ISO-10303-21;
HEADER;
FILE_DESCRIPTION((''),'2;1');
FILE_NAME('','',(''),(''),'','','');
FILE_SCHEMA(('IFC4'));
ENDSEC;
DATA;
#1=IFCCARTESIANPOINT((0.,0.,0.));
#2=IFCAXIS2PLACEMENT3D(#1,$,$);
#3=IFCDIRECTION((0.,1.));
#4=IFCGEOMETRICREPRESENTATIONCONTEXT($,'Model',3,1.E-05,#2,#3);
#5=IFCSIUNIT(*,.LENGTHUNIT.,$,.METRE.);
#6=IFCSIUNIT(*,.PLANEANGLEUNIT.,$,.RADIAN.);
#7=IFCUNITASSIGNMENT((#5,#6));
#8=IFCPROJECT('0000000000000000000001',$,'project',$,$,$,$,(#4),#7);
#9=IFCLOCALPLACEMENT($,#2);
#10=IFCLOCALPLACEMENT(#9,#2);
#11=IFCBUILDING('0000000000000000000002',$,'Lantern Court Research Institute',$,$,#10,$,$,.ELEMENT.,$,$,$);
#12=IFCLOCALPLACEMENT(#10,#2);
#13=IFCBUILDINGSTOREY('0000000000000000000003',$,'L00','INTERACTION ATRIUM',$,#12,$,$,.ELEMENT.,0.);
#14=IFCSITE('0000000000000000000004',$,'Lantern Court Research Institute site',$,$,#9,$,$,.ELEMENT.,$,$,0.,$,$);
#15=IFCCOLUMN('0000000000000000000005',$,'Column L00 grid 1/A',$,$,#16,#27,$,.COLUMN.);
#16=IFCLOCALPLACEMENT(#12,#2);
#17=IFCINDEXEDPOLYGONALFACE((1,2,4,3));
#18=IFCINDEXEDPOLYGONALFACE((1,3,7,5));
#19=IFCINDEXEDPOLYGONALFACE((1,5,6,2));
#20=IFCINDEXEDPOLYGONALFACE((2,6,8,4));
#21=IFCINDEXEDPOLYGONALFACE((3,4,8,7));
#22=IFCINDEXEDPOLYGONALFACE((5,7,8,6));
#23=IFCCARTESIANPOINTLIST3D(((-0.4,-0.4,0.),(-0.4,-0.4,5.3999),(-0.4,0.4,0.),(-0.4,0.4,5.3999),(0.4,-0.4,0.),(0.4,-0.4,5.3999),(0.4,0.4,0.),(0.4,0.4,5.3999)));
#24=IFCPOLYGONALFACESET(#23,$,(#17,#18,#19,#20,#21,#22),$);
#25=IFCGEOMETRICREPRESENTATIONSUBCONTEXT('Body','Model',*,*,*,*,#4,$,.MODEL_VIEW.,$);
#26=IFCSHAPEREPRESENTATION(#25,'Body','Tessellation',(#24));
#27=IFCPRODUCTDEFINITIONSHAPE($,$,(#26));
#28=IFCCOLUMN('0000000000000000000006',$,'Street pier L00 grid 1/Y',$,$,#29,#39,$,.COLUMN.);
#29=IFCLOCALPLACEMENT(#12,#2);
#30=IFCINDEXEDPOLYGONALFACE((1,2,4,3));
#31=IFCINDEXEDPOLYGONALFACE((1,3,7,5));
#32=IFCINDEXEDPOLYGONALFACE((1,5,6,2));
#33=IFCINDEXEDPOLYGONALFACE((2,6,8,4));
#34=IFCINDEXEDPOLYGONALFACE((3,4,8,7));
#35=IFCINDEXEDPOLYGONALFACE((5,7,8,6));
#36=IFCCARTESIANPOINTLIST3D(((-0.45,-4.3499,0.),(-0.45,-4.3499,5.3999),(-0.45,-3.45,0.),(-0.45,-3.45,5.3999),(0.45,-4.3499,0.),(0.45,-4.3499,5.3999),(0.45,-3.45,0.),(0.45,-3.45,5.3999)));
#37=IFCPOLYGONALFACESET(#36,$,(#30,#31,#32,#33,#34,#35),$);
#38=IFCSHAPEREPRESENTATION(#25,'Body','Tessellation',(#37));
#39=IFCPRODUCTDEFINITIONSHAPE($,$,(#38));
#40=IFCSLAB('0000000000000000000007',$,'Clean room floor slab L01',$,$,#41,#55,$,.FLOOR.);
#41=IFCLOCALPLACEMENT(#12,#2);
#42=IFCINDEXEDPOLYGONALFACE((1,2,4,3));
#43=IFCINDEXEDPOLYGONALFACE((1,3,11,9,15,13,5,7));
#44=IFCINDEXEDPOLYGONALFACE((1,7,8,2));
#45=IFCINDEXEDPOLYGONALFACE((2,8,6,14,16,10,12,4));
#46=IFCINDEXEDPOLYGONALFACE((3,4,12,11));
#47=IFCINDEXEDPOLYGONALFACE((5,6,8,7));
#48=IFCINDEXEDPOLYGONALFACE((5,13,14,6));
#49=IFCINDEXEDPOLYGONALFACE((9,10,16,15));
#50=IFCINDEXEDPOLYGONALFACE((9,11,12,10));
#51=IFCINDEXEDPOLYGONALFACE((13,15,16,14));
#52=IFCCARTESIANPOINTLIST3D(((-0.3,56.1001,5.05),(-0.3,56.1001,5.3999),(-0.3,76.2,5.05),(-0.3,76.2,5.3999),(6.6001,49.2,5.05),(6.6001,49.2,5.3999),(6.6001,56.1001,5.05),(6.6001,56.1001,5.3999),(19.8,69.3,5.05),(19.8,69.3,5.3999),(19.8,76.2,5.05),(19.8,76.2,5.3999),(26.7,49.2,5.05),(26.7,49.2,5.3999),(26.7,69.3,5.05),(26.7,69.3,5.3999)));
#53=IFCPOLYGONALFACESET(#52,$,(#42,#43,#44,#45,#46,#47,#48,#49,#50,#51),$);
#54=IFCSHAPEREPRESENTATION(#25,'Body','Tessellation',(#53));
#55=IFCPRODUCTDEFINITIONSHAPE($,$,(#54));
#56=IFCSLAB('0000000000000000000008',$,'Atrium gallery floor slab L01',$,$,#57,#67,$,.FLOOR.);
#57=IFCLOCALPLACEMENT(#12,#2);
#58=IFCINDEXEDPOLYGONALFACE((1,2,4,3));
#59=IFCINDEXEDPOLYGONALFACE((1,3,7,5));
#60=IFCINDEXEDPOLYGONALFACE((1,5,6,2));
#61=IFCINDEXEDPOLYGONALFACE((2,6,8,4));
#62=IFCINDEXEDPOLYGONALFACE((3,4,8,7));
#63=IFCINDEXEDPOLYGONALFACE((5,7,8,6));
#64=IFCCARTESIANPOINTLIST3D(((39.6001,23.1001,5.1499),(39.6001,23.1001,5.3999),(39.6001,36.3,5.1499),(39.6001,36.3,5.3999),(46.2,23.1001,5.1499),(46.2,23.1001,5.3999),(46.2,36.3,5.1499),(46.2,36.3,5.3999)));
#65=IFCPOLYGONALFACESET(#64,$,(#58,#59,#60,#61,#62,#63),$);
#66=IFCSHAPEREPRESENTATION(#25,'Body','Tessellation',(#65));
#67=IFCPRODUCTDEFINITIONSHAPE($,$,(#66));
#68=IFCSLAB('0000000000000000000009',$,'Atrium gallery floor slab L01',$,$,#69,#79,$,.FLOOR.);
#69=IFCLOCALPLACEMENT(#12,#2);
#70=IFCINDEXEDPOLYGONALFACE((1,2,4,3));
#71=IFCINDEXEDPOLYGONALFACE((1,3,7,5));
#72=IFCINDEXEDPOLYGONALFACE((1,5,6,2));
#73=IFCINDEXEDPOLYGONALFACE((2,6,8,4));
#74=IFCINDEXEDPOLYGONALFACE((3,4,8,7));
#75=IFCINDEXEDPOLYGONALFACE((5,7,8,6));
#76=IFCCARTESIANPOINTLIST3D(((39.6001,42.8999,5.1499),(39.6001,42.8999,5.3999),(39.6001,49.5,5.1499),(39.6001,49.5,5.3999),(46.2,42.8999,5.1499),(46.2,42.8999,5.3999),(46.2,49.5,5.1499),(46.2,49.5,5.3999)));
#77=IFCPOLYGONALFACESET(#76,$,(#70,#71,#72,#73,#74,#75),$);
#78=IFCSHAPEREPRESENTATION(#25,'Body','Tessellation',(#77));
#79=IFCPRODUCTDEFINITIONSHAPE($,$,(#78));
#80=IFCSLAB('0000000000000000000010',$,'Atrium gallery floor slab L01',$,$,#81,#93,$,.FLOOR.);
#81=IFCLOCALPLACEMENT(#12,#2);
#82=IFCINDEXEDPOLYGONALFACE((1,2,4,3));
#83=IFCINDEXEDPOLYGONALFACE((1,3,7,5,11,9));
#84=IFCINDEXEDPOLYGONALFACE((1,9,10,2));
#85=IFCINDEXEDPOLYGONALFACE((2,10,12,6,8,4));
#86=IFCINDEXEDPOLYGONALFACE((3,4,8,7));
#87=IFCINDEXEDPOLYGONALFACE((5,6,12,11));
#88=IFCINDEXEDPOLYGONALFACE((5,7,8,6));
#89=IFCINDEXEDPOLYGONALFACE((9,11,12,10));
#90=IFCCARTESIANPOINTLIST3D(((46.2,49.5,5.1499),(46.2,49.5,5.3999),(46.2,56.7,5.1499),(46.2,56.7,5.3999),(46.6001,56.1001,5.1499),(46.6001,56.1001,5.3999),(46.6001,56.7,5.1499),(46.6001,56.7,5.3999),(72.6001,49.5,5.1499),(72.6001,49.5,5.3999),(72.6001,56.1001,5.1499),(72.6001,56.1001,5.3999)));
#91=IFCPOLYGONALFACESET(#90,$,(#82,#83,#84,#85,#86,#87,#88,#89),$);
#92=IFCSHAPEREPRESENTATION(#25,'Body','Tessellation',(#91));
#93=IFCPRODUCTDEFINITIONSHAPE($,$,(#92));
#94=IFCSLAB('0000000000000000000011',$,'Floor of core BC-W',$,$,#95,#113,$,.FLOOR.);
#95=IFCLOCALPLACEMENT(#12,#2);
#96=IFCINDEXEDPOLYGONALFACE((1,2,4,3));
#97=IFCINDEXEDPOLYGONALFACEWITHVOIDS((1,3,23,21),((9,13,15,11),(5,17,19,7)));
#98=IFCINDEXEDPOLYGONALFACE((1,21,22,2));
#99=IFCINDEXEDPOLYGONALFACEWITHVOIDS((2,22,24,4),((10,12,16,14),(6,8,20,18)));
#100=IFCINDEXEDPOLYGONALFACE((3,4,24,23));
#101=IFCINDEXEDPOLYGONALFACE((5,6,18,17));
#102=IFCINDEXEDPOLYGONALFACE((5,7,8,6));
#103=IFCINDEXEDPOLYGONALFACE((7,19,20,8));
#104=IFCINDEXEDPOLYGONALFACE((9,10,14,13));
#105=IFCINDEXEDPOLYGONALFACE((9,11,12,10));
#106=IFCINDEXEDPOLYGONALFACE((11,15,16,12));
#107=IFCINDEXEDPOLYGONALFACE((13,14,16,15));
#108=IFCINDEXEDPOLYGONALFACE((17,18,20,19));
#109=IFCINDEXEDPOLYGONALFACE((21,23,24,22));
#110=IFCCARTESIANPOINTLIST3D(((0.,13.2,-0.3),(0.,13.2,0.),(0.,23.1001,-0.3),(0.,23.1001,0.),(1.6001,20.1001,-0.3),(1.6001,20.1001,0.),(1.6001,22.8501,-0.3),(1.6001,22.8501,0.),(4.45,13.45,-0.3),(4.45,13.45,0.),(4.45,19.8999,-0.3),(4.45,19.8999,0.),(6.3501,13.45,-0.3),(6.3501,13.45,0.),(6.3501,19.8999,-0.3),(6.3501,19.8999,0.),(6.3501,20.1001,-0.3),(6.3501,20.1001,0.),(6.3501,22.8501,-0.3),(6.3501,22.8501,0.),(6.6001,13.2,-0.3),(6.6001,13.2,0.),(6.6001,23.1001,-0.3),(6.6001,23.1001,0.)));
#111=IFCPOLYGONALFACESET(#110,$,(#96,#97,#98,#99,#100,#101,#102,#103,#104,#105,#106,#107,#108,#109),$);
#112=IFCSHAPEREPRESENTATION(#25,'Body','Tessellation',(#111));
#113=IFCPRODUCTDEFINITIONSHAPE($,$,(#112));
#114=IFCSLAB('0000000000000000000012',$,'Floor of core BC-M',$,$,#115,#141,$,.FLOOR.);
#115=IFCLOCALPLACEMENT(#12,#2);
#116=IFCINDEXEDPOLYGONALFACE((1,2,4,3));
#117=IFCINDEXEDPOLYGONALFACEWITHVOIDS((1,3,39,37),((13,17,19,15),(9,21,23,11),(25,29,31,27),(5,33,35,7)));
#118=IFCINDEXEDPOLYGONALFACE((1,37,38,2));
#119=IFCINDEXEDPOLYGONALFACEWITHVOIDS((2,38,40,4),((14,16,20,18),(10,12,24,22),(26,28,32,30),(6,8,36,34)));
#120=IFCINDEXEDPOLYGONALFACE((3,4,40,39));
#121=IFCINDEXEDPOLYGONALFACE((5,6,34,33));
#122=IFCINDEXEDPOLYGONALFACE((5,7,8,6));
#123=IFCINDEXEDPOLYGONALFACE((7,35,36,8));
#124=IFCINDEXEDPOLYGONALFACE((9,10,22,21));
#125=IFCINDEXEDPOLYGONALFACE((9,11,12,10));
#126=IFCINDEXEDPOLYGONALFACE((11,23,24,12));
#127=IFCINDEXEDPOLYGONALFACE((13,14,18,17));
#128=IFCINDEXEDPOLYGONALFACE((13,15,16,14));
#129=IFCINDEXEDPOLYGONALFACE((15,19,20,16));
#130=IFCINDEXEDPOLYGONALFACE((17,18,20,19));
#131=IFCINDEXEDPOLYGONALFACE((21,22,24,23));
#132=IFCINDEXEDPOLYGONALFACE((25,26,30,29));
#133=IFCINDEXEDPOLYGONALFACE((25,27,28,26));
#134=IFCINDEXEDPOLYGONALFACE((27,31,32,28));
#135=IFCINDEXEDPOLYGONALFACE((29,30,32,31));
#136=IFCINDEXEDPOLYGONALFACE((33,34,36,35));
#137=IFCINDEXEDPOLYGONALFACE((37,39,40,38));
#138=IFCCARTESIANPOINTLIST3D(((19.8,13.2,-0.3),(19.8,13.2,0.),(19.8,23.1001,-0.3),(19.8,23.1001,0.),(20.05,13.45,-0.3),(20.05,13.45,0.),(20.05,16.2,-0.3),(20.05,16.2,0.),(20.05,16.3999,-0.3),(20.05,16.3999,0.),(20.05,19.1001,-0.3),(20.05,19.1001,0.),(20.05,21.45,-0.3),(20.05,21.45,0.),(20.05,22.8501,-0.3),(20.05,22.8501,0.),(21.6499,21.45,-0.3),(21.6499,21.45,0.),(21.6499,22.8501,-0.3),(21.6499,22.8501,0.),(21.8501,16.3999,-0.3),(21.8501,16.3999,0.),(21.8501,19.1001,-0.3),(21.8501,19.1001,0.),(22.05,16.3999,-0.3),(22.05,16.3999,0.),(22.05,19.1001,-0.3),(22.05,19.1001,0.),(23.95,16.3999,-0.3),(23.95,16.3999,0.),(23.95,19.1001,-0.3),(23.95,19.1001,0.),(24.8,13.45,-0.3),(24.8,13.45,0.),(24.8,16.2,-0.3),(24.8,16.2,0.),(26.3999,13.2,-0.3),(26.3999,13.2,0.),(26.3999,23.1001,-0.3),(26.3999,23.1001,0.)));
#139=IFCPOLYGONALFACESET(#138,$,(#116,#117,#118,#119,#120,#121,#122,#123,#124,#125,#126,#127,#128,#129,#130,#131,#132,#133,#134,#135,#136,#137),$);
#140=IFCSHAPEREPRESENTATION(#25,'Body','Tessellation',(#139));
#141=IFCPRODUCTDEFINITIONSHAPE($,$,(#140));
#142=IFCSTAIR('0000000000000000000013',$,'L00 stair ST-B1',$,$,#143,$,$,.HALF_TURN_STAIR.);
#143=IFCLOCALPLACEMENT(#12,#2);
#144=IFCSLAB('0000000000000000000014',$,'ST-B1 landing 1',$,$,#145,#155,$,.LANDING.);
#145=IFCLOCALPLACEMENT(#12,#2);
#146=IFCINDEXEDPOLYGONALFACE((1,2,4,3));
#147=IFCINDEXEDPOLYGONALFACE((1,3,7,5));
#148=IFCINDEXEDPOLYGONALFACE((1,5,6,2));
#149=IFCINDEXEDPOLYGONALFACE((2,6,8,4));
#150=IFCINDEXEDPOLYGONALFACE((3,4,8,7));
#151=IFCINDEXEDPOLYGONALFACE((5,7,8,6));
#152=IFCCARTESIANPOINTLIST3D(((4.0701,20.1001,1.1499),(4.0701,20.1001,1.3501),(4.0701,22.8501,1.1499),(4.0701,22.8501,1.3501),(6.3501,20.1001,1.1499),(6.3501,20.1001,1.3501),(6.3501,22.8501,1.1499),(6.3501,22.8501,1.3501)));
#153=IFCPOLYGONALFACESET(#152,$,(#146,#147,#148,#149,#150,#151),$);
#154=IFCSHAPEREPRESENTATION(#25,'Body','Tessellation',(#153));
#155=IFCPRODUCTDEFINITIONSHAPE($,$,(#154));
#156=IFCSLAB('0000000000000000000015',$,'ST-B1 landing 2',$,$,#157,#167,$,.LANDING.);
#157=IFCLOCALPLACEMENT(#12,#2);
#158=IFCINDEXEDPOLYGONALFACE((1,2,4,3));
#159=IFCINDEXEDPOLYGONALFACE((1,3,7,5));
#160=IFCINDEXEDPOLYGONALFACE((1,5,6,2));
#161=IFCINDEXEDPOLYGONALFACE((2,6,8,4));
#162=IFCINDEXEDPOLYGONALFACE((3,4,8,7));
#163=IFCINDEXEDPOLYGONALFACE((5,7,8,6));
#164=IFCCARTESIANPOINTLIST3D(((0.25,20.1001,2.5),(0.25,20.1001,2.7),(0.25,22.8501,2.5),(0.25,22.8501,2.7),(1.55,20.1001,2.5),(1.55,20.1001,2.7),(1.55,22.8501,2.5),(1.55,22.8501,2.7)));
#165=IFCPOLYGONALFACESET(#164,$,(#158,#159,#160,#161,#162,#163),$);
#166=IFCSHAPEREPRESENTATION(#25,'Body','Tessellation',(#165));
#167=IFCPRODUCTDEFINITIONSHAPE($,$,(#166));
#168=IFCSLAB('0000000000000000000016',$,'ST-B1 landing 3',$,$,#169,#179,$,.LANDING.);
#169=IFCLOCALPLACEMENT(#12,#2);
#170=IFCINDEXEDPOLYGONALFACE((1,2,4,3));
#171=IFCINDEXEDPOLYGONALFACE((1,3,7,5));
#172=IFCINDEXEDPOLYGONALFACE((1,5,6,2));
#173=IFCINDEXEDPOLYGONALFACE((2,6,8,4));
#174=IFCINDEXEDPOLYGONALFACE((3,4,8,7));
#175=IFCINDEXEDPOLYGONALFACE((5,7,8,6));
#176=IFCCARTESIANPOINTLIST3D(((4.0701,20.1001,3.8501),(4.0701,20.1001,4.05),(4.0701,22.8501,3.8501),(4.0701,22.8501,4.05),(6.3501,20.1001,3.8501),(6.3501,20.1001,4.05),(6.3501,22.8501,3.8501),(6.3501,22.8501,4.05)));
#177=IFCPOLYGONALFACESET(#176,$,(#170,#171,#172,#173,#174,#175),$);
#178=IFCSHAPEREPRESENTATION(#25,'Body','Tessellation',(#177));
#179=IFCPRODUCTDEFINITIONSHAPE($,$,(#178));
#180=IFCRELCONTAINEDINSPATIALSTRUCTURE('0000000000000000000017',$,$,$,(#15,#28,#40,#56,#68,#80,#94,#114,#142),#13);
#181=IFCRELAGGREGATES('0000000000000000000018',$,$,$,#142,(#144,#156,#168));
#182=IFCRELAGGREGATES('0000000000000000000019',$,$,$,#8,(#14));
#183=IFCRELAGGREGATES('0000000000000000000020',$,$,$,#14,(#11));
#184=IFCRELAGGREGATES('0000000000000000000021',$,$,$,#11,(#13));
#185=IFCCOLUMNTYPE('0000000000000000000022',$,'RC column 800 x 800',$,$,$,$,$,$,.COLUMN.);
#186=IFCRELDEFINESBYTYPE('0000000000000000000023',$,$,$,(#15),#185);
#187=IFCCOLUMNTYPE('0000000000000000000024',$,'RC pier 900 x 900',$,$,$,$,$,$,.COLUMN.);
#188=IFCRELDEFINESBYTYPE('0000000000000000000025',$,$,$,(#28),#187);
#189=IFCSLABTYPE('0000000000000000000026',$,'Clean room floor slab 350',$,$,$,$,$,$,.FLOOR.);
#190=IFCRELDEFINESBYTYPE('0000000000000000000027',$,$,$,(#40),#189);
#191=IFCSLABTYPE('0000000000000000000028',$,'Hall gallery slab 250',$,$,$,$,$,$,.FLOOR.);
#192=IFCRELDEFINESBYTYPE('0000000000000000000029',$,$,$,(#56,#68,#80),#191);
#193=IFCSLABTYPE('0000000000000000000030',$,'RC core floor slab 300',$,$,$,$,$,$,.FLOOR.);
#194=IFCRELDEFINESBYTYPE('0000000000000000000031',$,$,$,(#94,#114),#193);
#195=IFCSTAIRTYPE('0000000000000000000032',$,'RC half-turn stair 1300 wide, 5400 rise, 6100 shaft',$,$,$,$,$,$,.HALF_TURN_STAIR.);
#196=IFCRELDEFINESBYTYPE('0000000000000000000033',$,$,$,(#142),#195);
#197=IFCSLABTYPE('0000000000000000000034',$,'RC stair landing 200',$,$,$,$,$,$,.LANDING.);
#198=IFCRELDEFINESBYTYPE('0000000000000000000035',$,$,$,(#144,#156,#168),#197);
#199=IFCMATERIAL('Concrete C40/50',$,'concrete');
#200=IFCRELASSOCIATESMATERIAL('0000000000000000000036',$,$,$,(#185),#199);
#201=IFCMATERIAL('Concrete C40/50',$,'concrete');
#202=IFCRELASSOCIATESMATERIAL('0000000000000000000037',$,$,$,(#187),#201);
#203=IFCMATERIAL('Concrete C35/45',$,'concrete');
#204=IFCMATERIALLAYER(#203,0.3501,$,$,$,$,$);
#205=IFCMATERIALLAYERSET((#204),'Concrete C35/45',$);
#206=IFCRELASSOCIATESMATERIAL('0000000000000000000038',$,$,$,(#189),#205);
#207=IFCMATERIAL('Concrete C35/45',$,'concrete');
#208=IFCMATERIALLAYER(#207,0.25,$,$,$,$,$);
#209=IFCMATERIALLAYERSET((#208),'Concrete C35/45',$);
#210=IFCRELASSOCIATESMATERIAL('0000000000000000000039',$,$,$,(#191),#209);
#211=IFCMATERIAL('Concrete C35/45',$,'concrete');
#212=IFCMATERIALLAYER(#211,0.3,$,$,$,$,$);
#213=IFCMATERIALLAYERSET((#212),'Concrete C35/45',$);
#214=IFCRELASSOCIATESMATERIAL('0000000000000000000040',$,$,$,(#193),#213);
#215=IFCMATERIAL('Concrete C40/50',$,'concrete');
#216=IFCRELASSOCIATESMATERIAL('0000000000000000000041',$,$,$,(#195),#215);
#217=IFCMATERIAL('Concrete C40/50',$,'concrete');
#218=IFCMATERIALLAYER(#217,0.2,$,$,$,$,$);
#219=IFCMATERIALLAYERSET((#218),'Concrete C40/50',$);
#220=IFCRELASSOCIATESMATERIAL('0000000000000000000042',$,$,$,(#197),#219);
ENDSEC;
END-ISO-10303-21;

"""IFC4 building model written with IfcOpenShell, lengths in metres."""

from ifc_helpers import new_model, si_unit, direction, frame, origin, origin_with_axes, origin_2d, place, context, subcontext, project, spatial, polyline, rectangle, outline, extrude, material, layer, layer_set, material_profile, profile_set, type_object, element, aggregate, save


model = new_model("IFC4")

# Units and contexts
model_context = context("Model", 3, precision=1e-05, world=origin(), true_north=direction((0.0, 1.0)))
body_context = subcontext(model_context, "Body", "Model", "MODEL_VIEW")
ifc_project = project(units=[si_unit("LENGTHUNIT", "METRE"), si_unit("PLANEANGLEUNIT", "RADIAN")], contexts=[model_context])

# Site, building, storey
site_placement = place(None, origin())
site = spatial("IfcSite", under=ifc_project, at=site_placement, Name="Lantern Court Research Institute site", CompositionType="ELEMENT", RefElevation=0.0)
building_placement = place(site_placement, origin())
building = spatial("IfcBuilding", under=site, at=building_placement, Name="Lantern Court Research Institute", CompositionType="ELEMENT")
storey_placement = place(building_placement, origin())
storey = spatial("IfcBuildingStorey", under=building, at=storey_placement, Name="L00", Description="INTERACTION ATRIUM", CompositionType="ELEMENT", Elevation=0.0)

# Columns
ifc_material_1 = material(Name="Concrete C40/50", Category="concrete")
ifc_material_profile_1 = material_profile(ifc_material_1, rectangle(XDim=0.8, YDim=0.8, at=origin_2d()), Name="RC column 800 x 800")
ifc_profile_set_1 = profile_set([ifc_material_profile_1], Name="Concrete C40/50")
column_type_1 = type_object("IfcColumnType", Name="RC column 800 x 800", PredefinedType="COLUMN", material=ifc_profile_set_1)
column_1_placement = place(storey_placement, origin_with_axes())
element("IfcColumn", 1, at=column_1_placement, inside=storey, type_object=column_type_1, Name="Column L00 grid 1/A", PredefinedType="COLUMN", context=body_context, shape_type="SweptSolid", body=[
    extrude(rectangle(XDim=0.8, YDim=0.8, at=origin_2d()), origin(), (0.0, 0.0, 1.0), 5.3999),
])
ifc_material_2 = material(Name="Concrete C40/50", Category="concrete")
ifc_material_profile_2 = material_profile(ifc_material_2, rectangle(XDim=0.8999, YDim=0.8999, at=origin_2d()), Name="RC column 900 x 900")
ifc_profile_set_2 = profile_set([ifc_material_profile_2], Name="Concrete C40/50")
column_type_2 = type_object("IfcColumnType", Name="RC pier 900 x 900", PredefinedType="COLUMN", material=ifc_profile_set_2)
column_2_placement = place(storey_placement, frame((0.0, -3.8999, 0.0), z_axis=(0.0, 0.0, 1.0), x_axis=(1.0, 0.0, 0.0)))
element("IfcColumn", 2, at=column_2_placement, inside=storey, type_object=column_type_2, Name="Street pier L00 grid 1/Y", PredefinedType="COLUMN", context=body_context, shape_type="SweptSolid", body=[
    extrude(rectangle(XDim=0.8999, YDim=0.8999, at=origin_2d()), origin(), (0.0, 0.0, 1.0), 5.3999),
])

# Slabs
ifc_material_3 = material(Name="Concrete C35/45", Category="concrete")
ifc_layer_1 = layer(ifc_material_3, 0.3501)
ifc_layer_set_1 = layer_set([ifc_layer_1], Name="Concrete C35/45")
slab_type_1 = type_object("IfcSlabType", Name="Clean room floor slab 350", PredefinedType="FLOOR", material=ifc_layer_set_1)
slab_1_placement = place(storey_placement, frame((0.0, 0.0, 5.05)))
element("IfcSlab", 3, at=slab_1_placement, inside=storey, type_object=slab_type_1, Name="Clean room floor slab L01", PredefinedType="FLOOR", context=body_context, shape_type="SweptSolid", body=[
    extrude(outline(polyline([(19.8, 76.2), (19.8, 69.3), (26.7, 69.3), (26.7, 49.2), (6.6001, 49.2), (6.6001, 56.1001), (-0.3, 56.1001), (-0.3, 76.2), (19.8, 76.2)])), origin(), (0.0, 0.0, 1.0), 0.3499),
])
ifc_material_4 = material(Name="Concrete C35/45", Category="concrete")
ifc_layer_2 = layer(ifc_material_4, 0.25)
ifc_layer_set_2 = layer_set([ifc_layer_2], Name="Concrete C35/45")
slab_type_2 = type_object("IfcSlabType", Name="Hall gallery slab 250", PredefinedType="FLOOR", material=ifc_layer_set_2)
slab_2_placement = place(storey_placement, frame((0.0, 0.0, 5.1499)))
element("IfcSlab", 4, at=slab_2_placement, inside=storey, type_object=slab_type_2, Name="Atrium gallery floor slab L01", PredefinedType="FLOOR", context=body_context, shape_type="SweptSolid", body=[
    extrude(outline(polyline([(39.6001, 36.3), (46.2, 36.3), (46.2, 23.1001), (39.6001, 23.1001), (39.6001, 36.3)])), origin(), (0.0, 0.0, 1.0), 0.25),
])
slab_3_placement = place(storey_placement, frame((0.0, 0.0, 5.1499)))
element("IfcSlab", 5, at=slab_3_placement, inside=storey, type_object=slab_type_2, Name="Atrium gallery floor slab L01", PredefinedType="FLOOR", context=body_context, shape_type="SweptSolid", body=[
    extrude(outline(polyline([(39.6001, 49.5), (46.2, 49.5), (46.2, 42.8999), (39.6001, 42.8999), (39.6001, 49.5)])), origin(), (0.0, 0.0, 1.0), 0.25),
])
slab_4_placement = place(storey_placement, frame((0.0, 0.0, 5.1499)))
element("IfcSlab", 6, at=slab_4_placement, inside=storey, type_object=slab_type_2, Name="Atrium gallery floor slab L01", PredefinedType="FLOOR", context=body_context, shape_type="SweptSolid", body=[
    extrude(outline(polyline([(72.6001, 56.1001), (72.6001, 49.5), (46.2, 49.5), (46.2, 56.7), (46.6001, 56.7), (46.6001, 56.1001), (72.6001, 56.1001)])), origin(), (0.0, 0.0, 1.0), 0.25),
])
ifc_material_5 = material(Name="Concrete C35/45", Category="concrete")
ifc_layer_3 = layer(ifc_material_5, 0.3)
ifc_layer_set_3 = layer_set([ifc_layer_3], Name="Concrete C35/45")
slab_type_3 = type_object("IfcSlabType", Name="RC core floor slab 300", PredefinedType="FLOOR", material=ifc_layer_set_3)
slab_5_placement = place(storey_placement, frame((0.0, 0.0, -0.3)))
element("IfcSlab", 7, at=slab_5_placement, inside=storey, type_object=slab_type_3, Name="Floor of core BC-W", PredefinedType="FLOOR", context=body_context, shape_type="SweptSolid", body=[
    extrude(outline(polyline([(0.0, 13.2), (6.6001, 13.2), (6.6001, 23.1001), (0.0, 23.1001), (0.0, 13.2)]), holes=[polyline([(1.6001, 20.1001), (6.3501, 20.1001), (6.3501, 22.8501), (1.6001, 22.8501), (1.6001, 20.1001)]), polyline([(4.45, 13.45), (4.45, 19.8999), (6.3501, 19.8999), (6.3501, 13.45), (4.45, 13.45)])]), origin(), (0.0, 0.0, 1.0), 0.3),
])
slab_6_placement = place(storey_placement, frame((0.0, 0.0, -0.3)))
element("IfcSlab", 8, at=slab_6_placement, inside=storey, type_object=slab_type_3, Name="Floor of core BC-M", PredefinedType="FLOOR", context=body_context, shape_type="SweptSolid", body=[
    extrude(outline(polyline([(19.8, 13.2), (26.3999, 13.2), (26.3999, 23.1001), (19.8, 23.1001), (19.8, 13.2)]), holes=[polyline([(24.8, 16.2), (20.05, 16.2), (20.05, 13.45), (24.8, 13.45), (24.8, 16.2)]), polyline([(20.05, 16.3999), (21.8501, 16.3999), (21.8501, 19.1001), (20.05, 19.1001), (20.05, 16.3999)]), polyline([(22.05, 16.3999), (23.95, 16.3999), (23.95, 19.1001), (22.05, 19.1001), (22.05, 16.3999)]), polyline([(21.6499, 21.45), (20.05, 21.45), (20.05, 22.8501), (21.6499, 22.8501), (21.6499, 21.45)])]), origin(), (0.0, 0.0, 1.0), 0.3),
])

# Stair, slabs
ifc_material_6 = material(Name="Concrete C40/50", Category="concrete")
stair_type = type_object("IfcStairType", Name="RC half-turn stair 1300 wide, 5400 rise, 6100 shaft", PredefinedType="HALF_TURN_STAIR", material=ifc_material_6)
stair_1_placement = place(storey_placement, origin())
stair_1 = element("IfcStair", 9, at=stair_1_placement, inside=storey, type_object=stair_type, Name="L00 stair ST-B1", PredefinedType="HALF_TURN_STAIR")
ifc_material_7 = material(Name="Concrete C40/50", Category="concrete")
ifc_layer_4 = layer(ifc_material_7, 0.2)
ifc_layer_set_4 = layer_set([ifc_layer_4], Name="Concrete C40/50")
slab_type_4 = type_object("IfcSlabType", Name="RC stair landing 200", PredefinedType="LANDING", material=ifc_layer_set_4)
slab_7_placement = place(storey_placement, frame((0.0, 0.0, 1.1499)))
slab_7 = element("IfcSlab", 10, at=slab_7_placement, type_object=slab_type_4, Name="ST-B1 landing 1", PredefinedType="LANDING", context=body_context, shape_type="SweptSolid", body=[
    extrude(outline(polyline([(4.0701, 20.1001), (6.3501, 20.1001), (6.3501, 22.8501), (4.0701, 22.8501), (4.0701, 20.1001)])), origin(), (0.0, 0.0, 1.0), 0.2002),
])
slab_8_placement = place(storey_placement, frame((0.0, 0.0, 2.5)))
slab_8 = element("IfcSlab", 11, at=slab_8_placement, type_object=slab_type_4, Name="ST-B1 landing 2", PredefinedType="LANDING", context=body_context, shape_type="SweptSolid", body=[
    extrude(outline(polyline([(0.25, 20.1001), (1.55, 20.1001), (1.55, 22.8501), (0.25, 22.8501), (0.25, 20.1001)])), origin(), (0.0, 0.0, 1.0), 0.2),
])
slab_9_placement = place(storey_placement, frame((0.0, 0.0, 3.8501)))
slab_9 = element("IfcSlab", 12, at=slab_9_placement, type_object=slab_type_4, Name="ST-B1 landing 3", PredefinedType="LANDING", context=body_context, shape_type="SweptSolid", body=[
    extrude(outline(polyline([(4.0701, 20.1001), (6.3501, 20.1001), (6.3501, 22.8501), (4.0701, 22.8501), (4.0701, 20.1001)])), origin(), (0.0, 0.0, 1.0), 0.2),
])
aggregate(stair_1, [slab_7, slab_8, slab_9])

save(model, "model.ifc")
